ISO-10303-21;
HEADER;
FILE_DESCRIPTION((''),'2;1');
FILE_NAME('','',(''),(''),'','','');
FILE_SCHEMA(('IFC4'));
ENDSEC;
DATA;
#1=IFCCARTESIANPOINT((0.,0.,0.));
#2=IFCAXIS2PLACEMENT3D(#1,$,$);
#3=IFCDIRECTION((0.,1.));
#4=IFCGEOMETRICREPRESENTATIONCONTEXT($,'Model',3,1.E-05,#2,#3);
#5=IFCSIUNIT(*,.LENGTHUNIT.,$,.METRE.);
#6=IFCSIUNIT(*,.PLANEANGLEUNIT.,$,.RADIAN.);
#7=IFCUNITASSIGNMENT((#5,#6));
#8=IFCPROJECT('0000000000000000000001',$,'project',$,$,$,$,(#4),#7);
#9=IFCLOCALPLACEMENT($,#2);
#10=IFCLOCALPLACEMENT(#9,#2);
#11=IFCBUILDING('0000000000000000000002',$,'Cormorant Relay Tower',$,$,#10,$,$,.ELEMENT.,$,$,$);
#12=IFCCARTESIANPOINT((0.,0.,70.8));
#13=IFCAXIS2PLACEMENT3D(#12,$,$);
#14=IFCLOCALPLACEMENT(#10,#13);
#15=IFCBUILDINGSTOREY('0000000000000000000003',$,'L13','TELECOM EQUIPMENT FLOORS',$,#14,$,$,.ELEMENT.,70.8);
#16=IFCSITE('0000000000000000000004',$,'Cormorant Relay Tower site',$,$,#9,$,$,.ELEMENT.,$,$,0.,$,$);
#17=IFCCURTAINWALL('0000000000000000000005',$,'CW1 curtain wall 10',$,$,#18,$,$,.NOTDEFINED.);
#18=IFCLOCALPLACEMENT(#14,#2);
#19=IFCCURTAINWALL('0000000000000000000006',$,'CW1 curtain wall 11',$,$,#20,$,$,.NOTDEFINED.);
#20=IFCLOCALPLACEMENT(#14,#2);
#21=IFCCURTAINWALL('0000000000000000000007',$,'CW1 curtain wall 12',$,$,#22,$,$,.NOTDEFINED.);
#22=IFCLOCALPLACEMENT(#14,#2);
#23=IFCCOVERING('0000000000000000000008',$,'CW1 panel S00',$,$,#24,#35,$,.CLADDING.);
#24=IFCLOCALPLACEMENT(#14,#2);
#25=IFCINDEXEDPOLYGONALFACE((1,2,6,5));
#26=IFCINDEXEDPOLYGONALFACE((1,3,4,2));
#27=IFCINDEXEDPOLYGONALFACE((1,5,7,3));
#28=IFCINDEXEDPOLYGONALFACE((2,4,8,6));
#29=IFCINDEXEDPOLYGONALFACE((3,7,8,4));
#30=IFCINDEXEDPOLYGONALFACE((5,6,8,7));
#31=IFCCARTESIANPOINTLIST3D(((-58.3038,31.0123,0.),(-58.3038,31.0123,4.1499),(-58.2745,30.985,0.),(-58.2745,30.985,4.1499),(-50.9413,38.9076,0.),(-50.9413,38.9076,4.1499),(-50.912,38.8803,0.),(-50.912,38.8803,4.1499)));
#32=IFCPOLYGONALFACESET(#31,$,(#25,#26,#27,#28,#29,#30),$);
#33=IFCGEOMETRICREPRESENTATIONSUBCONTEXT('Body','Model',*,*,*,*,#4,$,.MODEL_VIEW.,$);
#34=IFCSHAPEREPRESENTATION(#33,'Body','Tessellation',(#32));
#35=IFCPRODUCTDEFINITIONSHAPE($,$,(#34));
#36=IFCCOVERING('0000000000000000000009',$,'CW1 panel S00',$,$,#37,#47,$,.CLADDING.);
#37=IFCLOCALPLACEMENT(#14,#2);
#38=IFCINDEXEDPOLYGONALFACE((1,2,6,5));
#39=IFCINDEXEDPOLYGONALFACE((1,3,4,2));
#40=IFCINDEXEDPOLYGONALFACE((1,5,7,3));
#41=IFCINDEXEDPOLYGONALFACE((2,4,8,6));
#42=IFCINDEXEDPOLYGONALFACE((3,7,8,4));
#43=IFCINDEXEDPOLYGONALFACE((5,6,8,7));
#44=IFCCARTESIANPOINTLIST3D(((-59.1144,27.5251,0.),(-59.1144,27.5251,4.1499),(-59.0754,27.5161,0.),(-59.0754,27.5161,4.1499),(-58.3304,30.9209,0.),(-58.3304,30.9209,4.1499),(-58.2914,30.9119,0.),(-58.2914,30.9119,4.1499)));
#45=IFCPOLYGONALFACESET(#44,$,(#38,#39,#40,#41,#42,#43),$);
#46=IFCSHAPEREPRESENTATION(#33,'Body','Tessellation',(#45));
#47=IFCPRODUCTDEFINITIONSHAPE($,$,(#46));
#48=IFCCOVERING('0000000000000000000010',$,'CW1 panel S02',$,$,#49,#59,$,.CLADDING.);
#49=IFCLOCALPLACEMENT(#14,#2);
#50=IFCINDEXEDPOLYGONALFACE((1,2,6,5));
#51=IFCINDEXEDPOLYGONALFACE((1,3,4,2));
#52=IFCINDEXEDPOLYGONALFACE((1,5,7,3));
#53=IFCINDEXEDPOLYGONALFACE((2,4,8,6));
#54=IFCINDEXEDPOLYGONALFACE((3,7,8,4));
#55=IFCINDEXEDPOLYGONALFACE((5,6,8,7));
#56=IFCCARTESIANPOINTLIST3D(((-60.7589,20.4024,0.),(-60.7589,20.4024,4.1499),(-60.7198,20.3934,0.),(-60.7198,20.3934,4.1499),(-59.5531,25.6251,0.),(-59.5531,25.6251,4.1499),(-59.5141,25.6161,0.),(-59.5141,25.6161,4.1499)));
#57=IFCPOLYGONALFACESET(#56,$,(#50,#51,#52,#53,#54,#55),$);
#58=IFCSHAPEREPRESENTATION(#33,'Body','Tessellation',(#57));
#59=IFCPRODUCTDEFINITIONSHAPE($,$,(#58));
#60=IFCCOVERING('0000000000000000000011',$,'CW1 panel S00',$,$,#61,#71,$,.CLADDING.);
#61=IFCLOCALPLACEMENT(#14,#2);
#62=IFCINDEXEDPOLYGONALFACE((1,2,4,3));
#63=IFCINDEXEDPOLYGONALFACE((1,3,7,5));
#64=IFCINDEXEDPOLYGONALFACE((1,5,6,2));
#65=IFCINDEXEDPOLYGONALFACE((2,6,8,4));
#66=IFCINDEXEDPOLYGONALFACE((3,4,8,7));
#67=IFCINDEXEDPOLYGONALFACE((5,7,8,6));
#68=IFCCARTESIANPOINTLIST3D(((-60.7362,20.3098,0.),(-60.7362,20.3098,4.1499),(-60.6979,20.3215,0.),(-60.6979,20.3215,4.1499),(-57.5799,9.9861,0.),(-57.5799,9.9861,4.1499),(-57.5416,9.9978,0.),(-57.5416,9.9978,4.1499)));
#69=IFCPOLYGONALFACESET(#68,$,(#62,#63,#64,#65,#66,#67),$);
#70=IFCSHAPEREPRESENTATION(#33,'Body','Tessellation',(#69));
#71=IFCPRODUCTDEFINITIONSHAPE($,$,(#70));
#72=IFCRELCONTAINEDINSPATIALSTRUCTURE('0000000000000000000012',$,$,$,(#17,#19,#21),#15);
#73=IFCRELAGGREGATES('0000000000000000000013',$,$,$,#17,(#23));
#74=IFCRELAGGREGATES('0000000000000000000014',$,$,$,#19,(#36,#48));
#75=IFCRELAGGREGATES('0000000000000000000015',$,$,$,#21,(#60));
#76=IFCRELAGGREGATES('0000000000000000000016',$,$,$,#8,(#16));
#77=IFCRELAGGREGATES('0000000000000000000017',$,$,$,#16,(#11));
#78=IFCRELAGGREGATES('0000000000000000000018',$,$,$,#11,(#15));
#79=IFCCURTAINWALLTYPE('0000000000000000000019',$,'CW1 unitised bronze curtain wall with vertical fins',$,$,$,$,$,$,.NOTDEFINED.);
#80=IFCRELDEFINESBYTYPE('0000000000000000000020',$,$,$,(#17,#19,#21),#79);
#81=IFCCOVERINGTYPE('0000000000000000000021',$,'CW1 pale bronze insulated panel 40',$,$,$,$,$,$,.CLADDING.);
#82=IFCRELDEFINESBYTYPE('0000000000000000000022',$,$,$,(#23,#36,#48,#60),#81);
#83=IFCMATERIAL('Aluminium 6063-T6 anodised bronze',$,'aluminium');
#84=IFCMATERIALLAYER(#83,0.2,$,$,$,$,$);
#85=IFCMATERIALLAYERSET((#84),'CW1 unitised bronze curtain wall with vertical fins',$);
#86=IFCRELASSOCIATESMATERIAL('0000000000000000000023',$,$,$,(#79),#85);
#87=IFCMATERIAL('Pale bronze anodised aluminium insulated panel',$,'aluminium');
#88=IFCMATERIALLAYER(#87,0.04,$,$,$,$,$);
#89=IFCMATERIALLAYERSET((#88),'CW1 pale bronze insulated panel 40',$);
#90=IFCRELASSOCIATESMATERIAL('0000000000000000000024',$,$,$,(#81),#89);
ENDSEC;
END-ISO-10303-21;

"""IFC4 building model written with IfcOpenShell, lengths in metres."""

from ifc_helpers import new_model, si_unit, direction, frame, origin, origin_2d, place, context, subcontext, project, spatial, rectangle, extrude, material, layer, layer_set, type_object, element, aggregate, save


model = new_model("IFC4")

# Units and contexts
model_context = context("Model", 3, precision=1e-05, world=origin(), true_north=direction((0.0, 1.0)))
body_context = subcontext(model_context, "Body", "Model", "MODEL_VIEW")
ifc_project = project(units=[si_unit("LENGTHUNIT", "METRE"), si_unit("PLANEANGLEUNIT", "RADIAN")], contexts=[model_context])

# Site, building, storey
site_placement = place(None, origin())
site = spatial("IfcSite", under=ifc_project, at=site_placement, Name="Cormorant Relay Tower site", CompositionType="ELEMENT", RefElevation=0.0)
building_placement = place(site_placement, origin())
building = spatial("IfcBuilding", under=site, at=building_placement, Name="Cormorant Relay Tower", CompositionType="ELEMENT")
storey_placement = place(building_placement, frame((0.0, 0.0, 70.8)))
storey = spatial("IfcBuildingStorey", under=building, at=storey_placement, Name="L13", Description="TELECOM EQUIPMENT FLOORS", CompositionType="ELEMENT", Elevation=70.8)

# Curtain walls
ifc_material_1 = material(Name="Aluminium 6063-T6 anodised bronze", Category="aluminium")
ifc_layer_1 = layer(ifc_material_1, 0.2)
ifc_layer_set_1 = layer_set([ifc_layer_1], Name="CW1 unitised bronze curtain wall with vertical fins")
curtain_wall_type = type_object("IfcCurtainWallType", Name="CW1 unitised bronze curtain wall with vertical fins", PredefinedType="NOTDEFINED", material=ifc_layer_set_1)
curtain_wall_1_placement = place(storey_placement, origin())
curtain_wall_1 = element("IfcCurtainWall", 1, at=curtain_wall_1_placement, inside=storey, type_object=curtain_wall_type, Name="CW1 curtain wall 10", PredefinedType="NOTDEFINED")
curtain_wall_2_placement = place(storey_placement, origin())
curtain_wall_2 = element("IfcCurtainWall", 2, at=curtain_wall_2_placement, inside=storey, type_object=curtain_wall_type, Name="CW1 curtain wall 11", PredefinedType="NOTDEFINED")
curtain_wall_3_placement = place(storey_placement, origin())
curtain_wall_3 = element("IfcCurtainWall", 3, at=curtain_wall_3_placement, inside=storey, type_object=curtain_wall_type, Name="CW1 curtain wall 12", PredefinedType="NOTDEFINED")

# Coverings
ifc_material_2 = material(Name="Pale bronze anodised aluminium insulated panel", Category="aluminium")
ifc_layer_2 = layer(ifc_material_2, 0.04)
ifc_layer_set_2 = layer_set([ifc_layer_2], Name="CW1 pale bronze insulated panel 40")
covering_type = type_object("IfcCoveringType", Name="CW1 pale bronze insulated panel 40", PredefinedType="CLADDING", material=ifc_layer_set_2)
covering_1_placement = place(storey_placement, frame((-54.6079, 34.9463, 0.0), z_axis=(0.0, 0.0, 1.0), x_axis=(-0.681998, -0.731354, 0.0)))
covering_1 = element("IfcCovering", 4, at=covering_1_placement, type_object=covering_type, Name="CW1 panel S00", PredefinedType="CLADDING", context=body_context, shape_type="SweptSolid", body=[
    extrude(rectangle(XDim=10.7954, YDim=0.04, at=origin_2d()), origin(), (0.0, 0.0, 1.0), 4.1499),
])
aggregate(curtain_wall_1, [covering_1])
covering_2_placement = place(storey_placement, frame((-58.7029, 29.2185, 0.0), z_axis=(0.0, 0.0, 1.0), x_axis=(-0.224951, -0.97437, 0.0)))
covering_2 = element("IfcCovering", 5, at=covering_2_placement, type_object=covering_type, Name="CW1 panel S00", PredefinedType="CLADDING", context=body_context, shape_type="SweptSolid", body=[
    extrude(rectangle(XDim=3.4851, YDim=0.04, at=origin_2d()), origin(), (0.0, 0.0, 1.0), 4.1499),
])
covering_3_placement = place(storey_placement, frame((-60.1365, 23.0093, 0.0), z_axis=(0.0, 0.0, 1.0), x_axis=(-0.224951, -0.97437, 0.0)))
covering_3 = element("IfcCovering", 6, at=covering_3_placement, type_object=covering_type, Name="CW1 panel S02", PredefinedType="CLADDING", context=body_context, shape_type="SweptSolid", body=[
    extrude(rectangle(XDim=5.3601, YDim=0.04, at=origin_2d()), origin(), (0.0, 0.0, 1.0), 4.1499),
])
aggregate(curtain_wall_2, [covering_2, covering_3])
covering_4_placement = place(storey_placement, frame((-59.1389, 15.1538, 0.0), z_axis=(0.0, 0.0, 1.0), x_axis=(0.292372, -0.956305, 0.0)))
covering_4 = element("IfcCovering", 7, at=covering_4_placement, type_object=covering_type, Name="CW1 panel S00", PredefinedType="CLADDING", context=body_context, shape_type="SweptSolid", body=[
    extrude(rectangle(XDim=10.7954, YDim=0.04, at=origin_2d()), origin(), (0.0, 0.0, 1.0), 4.1499),
])
aggregate(curtain_wall_3, [covering_4])

save(model, "model.ifc")
